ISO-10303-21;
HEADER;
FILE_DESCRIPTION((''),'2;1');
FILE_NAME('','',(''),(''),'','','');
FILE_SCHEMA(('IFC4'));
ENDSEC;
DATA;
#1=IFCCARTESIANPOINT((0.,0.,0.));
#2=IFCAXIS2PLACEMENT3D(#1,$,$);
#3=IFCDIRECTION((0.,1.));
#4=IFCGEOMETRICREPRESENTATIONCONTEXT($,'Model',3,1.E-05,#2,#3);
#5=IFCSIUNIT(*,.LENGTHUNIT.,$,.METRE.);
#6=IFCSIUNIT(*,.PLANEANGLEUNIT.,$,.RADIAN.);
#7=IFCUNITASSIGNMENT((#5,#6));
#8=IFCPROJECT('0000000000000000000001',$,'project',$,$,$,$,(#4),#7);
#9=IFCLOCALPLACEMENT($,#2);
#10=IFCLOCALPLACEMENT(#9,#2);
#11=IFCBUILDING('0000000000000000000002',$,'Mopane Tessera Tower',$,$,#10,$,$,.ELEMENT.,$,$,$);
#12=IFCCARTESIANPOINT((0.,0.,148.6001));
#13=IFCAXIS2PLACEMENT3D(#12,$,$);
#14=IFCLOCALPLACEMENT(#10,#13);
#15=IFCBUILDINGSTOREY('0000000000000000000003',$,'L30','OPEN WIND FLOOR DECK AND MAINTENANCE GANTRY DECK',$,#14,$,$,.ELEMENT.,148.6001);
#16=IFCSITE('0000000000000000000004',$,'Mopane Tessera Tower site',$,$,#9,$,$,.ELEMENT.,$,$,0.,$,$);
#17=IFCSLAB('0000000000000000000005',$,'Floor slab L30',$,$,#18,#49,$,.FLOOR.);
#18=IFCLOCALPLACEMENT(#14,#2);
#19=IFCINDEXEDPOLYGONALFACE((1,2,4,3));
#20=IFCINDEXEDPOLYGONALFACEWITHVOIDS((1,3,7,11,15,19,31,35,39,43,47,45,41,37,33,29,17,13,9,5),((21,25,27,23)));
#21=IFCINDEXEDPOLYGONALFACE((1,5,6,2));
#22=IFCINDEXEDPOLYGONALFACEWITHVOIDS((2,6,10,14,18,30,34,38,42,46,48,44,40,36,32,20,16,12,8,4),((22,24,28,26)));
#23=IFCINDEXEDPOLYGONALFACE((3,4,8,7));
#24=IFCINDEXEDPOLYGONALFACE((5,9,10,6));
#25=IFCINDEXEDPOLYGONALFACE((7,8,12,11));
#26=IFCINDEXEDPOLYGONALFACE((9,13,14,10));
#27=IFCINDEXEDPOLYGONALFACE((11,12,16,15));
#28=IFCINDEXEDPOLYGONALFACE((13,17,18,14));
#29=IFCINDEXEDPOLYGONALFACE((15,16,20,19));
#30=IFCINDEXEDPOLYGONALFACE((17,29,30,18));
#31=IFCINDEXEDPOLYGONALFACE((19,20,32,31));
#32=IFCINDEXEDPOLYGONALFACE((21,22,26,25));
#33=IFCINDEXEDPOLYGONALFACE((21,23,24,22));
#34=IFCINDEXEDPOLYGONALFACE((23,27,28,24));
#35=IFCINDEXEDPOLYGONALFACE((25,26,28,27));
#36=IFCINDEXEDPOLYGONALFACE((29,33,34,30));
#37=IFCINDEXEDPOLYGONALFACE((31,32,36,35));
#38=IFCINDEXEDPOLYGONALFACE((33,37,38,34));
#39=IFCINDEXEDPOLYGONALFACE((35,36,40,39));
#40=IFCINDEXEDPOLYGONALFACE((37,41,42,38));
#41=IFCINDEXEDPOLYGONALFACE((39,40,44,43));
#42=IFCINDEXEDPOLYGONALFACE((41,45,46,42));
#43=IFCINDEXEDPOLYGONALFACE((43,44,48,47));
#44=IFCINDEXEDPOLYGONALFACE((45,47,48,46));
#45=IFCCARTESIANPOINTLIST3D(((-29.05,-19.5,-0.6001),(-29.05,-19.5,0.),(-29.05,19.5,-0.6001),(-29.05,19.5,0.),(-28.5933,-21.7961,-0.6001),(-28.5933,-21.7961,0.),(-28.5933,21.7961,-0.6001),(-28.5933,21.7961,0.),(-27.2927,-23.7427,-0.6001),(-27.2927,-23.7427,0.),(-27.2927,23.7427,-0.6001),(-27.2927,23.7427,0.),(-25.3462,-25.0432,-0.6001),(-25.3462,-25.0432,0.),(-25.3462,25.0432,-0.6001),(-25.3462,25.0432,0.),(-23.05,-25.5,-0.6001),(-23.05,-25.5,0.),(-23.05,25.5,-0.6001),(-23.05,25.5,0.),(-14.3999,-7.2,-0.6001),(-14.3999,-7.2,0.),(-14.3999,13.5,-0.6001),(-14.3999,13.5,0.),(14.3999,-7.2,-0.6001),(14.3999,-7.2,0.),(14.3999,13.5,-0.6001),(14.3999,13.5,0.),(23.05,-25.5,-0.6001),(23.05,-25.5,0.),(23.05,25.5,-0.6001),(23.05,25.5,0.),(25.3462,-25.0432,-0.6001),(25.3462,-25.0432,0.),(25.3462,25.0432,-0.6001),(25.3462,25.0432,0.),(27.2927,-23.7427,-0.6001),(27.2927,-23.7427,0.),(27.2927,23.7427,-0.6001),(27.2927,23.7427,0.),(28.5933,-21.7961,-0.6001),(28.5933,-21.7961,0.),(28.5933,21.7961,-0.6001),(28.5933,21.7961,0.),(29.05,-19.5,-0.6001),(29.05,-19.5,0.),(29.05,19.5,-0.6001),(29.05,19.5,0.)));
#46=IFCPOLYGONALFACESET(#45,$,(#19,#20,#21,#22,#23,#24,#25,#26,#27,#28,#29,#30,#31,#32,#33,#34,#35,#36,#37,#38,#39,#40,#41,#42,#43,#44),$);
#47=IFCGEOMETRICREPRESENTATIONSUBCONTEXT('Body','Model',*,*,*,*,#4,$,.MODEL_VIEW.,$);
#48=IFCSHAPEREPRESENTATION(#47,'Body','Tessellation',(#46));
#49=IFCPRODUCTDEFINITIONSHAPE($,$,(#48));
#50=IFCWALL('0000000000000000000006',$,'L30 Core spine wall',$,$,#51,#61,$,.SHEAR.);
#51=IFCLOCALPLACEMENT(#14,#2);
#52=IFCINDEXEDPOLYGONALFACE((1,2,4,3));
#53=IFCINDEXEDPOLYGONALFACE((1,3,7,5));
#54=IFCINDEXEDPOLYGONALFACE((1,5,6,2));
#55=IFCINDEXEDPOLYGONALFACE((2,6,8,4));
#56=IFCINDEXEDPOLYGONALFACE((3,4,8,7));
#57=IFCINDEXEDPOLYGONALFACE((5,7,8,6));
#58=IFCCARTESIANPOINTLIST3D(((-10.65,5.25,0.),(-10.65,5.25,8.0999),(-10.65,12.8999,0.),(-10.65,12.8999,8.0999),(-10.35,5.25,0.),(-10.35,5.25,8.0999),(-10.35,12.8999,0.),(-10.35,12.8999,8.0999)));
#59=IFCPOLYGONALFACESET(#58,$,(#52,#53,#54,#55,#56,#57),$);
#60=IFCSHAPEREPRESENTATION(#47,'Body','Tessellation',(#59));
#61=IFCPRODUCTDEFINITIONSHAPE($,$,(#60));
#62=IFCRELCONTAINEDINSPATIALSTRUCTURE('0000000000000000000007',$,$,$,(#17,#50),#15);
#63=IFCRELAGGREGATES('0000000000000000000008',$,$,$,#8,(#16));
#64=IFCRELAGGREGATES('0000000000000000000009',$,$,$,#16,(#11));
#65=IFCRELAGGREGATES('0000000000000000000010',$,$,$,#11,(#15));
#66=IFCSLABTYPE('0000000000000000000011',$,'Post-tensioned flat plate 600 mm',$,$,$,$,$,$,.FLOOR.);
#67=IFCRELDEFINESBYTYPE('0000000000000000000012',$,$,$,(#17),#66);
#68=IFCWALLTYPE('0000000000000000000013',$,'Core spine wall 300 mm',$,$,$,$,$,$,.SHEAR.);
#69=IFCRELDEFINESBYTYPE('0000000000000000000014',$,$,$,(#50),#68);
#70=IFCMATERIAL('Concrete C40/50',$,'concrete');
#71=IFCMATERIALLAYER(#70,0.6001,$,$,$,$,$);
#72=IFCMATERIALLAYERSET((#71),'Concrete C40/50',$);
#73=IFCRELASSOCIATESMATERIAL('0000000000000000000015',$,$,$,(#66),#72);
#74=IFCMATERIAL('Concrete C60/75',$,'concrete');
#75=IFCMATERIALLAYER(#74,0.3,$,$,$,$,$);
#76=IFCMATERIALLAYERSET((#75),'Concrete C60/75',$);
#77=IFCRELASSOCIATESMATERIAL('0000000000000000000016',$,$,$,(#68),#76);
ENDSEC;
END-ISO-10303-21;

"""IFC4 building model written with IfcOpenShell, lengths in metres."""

from ifc_helpers import new_model, si_unit, direction, frame, frame_2d, origin, place, context, subcontext, project, spatial, polyline, rectangle, outline, extrude, material, layer, layer_set, type_object, element, save


model = new_model("IFC4")

# Units and contexts
model_context = context("Model", 3, precision=1e-05, world=origin(), true_north=direction((0.0, 1.0)))
body_context = subcontext(model_context, "Body", "Model", "MODEL_VIEW")
ifc_project = project(units=[si_unit("LENGTHUNIT", "METRE"), si_unit("PLANEANGLEUNIT", "RADIAN")], contexts=[model_context])

# Site, building, storey
site_placement = place(None, origin())
site = spatial("IfcSite", under=ifc_project, at=site_placement, Name="Mopane Tessera Tower site", CompositionType="ELEMENT", RefElevation=0.0)
building_placement = place(site_placement, origin())
building = spatial("IfcBuilding", under=site, at=building_placement, Name="Mopane Tessera Tower", CompositionType="ELEMENT")
storey_placement = place(building_placement, frame((0.0, 0.0, 148.6001)))
storey = spatial("IfcBuildingStorey", under=building, at=storey_placement, Name="L30", Description="OPEN WIND FLOOR DECK AND MAINTENANCE GANTRY DECK", CompositionType="ELEMENT", Elevation=148.6001)

# Slab
ifc_material_1 = material(Name="Concrete C40/50", Category="concrete")
ifc_layer_1 = layer(ifc_material_1, 0.6001)
ifc_layer_set_1 = layer_set([ifc_layer_1], Name="Concrete C40/50")
slab_type = type_object("IfcSlabType", Name="Post-tensioned flat plate 600 mm", PredefinedType="FLOOR", material=ifc_layer_set_1)
slab_placement = place(storey_placement, frame((0.0, 0.0, -0.6001)))
element("IfcSlab", 1, at=slab_placement, inside=storey, type_object=slab_type, Name="Floor slab L30", PredefinedType="FLOOR", context=body_context, shape_type="SweptSolid", body=[
    extrude(outline(polyline([(-23.05, -25.5), (23.05, -25.5), (25.3462, -25.0432), (27.2927, -23.7427), (28.5933, -21.7961), (29.05, -19.5), (29.05, 19.5), (28.5933, 21.7961), (27.2927, 23.7427), (25.3462, 25.0432), (23.05, 25.5), (-23.05, 25.5), (-25.3462, 25.0432), (-27.2927, 23.7427), (-28.5933, 21.7961), (-29.05, 19.5), (-29.05, -19.5), (-28.5933, -21.7961), (-27.2927, -23.7427), (-25.3462, -25.0432), (-23.05, -25.5)]), holes=[polyline([(14.3999, -7.2), (-14.3999, -7.2), (-14.3999, 13.5), (14.3999, 13.5), (14.3999, -7.2)])]), origin(), (0.0, 0.0, 1.0), 0.6001),
])

# Wall
ifc_material_2 = material(Name="Concrete C60/75", Category="concrete")
ifc_layer_2 = layer(ifc_material_2, 0.3)
ifc_layer_set_2 = layer_set([ifc_layer_2], Name="Concrete C60/75")
wall_type_1 = type_object("IfcWallType", Name="Core spine wall 300 mm", PredefinedType="SHEAR", material=ifc_layer_set_2)
wall_1_placement = place(storey_placement, frame((-10.5, 5.25, 0.0), z_axis=(0.0, 0.0, 1.0), x_axis=(0.0, 1.0, 0.0)))
element("IfcWall", 2, at=wall_1_placement, inside=storey, type_object=wall_type_1, Name="L30 Core spine wall", PredefinedType="SHEAR", context=body_context, shape_type="SweptSolid", body=[
    extrude(rectangle(XDim=7.6499, YDim=0.3, at=frame_2d((3.825, 0.0))), origin(), (0.0, 0.0, 1.0), 8.0999),
])

save(model, "model.ifc")
